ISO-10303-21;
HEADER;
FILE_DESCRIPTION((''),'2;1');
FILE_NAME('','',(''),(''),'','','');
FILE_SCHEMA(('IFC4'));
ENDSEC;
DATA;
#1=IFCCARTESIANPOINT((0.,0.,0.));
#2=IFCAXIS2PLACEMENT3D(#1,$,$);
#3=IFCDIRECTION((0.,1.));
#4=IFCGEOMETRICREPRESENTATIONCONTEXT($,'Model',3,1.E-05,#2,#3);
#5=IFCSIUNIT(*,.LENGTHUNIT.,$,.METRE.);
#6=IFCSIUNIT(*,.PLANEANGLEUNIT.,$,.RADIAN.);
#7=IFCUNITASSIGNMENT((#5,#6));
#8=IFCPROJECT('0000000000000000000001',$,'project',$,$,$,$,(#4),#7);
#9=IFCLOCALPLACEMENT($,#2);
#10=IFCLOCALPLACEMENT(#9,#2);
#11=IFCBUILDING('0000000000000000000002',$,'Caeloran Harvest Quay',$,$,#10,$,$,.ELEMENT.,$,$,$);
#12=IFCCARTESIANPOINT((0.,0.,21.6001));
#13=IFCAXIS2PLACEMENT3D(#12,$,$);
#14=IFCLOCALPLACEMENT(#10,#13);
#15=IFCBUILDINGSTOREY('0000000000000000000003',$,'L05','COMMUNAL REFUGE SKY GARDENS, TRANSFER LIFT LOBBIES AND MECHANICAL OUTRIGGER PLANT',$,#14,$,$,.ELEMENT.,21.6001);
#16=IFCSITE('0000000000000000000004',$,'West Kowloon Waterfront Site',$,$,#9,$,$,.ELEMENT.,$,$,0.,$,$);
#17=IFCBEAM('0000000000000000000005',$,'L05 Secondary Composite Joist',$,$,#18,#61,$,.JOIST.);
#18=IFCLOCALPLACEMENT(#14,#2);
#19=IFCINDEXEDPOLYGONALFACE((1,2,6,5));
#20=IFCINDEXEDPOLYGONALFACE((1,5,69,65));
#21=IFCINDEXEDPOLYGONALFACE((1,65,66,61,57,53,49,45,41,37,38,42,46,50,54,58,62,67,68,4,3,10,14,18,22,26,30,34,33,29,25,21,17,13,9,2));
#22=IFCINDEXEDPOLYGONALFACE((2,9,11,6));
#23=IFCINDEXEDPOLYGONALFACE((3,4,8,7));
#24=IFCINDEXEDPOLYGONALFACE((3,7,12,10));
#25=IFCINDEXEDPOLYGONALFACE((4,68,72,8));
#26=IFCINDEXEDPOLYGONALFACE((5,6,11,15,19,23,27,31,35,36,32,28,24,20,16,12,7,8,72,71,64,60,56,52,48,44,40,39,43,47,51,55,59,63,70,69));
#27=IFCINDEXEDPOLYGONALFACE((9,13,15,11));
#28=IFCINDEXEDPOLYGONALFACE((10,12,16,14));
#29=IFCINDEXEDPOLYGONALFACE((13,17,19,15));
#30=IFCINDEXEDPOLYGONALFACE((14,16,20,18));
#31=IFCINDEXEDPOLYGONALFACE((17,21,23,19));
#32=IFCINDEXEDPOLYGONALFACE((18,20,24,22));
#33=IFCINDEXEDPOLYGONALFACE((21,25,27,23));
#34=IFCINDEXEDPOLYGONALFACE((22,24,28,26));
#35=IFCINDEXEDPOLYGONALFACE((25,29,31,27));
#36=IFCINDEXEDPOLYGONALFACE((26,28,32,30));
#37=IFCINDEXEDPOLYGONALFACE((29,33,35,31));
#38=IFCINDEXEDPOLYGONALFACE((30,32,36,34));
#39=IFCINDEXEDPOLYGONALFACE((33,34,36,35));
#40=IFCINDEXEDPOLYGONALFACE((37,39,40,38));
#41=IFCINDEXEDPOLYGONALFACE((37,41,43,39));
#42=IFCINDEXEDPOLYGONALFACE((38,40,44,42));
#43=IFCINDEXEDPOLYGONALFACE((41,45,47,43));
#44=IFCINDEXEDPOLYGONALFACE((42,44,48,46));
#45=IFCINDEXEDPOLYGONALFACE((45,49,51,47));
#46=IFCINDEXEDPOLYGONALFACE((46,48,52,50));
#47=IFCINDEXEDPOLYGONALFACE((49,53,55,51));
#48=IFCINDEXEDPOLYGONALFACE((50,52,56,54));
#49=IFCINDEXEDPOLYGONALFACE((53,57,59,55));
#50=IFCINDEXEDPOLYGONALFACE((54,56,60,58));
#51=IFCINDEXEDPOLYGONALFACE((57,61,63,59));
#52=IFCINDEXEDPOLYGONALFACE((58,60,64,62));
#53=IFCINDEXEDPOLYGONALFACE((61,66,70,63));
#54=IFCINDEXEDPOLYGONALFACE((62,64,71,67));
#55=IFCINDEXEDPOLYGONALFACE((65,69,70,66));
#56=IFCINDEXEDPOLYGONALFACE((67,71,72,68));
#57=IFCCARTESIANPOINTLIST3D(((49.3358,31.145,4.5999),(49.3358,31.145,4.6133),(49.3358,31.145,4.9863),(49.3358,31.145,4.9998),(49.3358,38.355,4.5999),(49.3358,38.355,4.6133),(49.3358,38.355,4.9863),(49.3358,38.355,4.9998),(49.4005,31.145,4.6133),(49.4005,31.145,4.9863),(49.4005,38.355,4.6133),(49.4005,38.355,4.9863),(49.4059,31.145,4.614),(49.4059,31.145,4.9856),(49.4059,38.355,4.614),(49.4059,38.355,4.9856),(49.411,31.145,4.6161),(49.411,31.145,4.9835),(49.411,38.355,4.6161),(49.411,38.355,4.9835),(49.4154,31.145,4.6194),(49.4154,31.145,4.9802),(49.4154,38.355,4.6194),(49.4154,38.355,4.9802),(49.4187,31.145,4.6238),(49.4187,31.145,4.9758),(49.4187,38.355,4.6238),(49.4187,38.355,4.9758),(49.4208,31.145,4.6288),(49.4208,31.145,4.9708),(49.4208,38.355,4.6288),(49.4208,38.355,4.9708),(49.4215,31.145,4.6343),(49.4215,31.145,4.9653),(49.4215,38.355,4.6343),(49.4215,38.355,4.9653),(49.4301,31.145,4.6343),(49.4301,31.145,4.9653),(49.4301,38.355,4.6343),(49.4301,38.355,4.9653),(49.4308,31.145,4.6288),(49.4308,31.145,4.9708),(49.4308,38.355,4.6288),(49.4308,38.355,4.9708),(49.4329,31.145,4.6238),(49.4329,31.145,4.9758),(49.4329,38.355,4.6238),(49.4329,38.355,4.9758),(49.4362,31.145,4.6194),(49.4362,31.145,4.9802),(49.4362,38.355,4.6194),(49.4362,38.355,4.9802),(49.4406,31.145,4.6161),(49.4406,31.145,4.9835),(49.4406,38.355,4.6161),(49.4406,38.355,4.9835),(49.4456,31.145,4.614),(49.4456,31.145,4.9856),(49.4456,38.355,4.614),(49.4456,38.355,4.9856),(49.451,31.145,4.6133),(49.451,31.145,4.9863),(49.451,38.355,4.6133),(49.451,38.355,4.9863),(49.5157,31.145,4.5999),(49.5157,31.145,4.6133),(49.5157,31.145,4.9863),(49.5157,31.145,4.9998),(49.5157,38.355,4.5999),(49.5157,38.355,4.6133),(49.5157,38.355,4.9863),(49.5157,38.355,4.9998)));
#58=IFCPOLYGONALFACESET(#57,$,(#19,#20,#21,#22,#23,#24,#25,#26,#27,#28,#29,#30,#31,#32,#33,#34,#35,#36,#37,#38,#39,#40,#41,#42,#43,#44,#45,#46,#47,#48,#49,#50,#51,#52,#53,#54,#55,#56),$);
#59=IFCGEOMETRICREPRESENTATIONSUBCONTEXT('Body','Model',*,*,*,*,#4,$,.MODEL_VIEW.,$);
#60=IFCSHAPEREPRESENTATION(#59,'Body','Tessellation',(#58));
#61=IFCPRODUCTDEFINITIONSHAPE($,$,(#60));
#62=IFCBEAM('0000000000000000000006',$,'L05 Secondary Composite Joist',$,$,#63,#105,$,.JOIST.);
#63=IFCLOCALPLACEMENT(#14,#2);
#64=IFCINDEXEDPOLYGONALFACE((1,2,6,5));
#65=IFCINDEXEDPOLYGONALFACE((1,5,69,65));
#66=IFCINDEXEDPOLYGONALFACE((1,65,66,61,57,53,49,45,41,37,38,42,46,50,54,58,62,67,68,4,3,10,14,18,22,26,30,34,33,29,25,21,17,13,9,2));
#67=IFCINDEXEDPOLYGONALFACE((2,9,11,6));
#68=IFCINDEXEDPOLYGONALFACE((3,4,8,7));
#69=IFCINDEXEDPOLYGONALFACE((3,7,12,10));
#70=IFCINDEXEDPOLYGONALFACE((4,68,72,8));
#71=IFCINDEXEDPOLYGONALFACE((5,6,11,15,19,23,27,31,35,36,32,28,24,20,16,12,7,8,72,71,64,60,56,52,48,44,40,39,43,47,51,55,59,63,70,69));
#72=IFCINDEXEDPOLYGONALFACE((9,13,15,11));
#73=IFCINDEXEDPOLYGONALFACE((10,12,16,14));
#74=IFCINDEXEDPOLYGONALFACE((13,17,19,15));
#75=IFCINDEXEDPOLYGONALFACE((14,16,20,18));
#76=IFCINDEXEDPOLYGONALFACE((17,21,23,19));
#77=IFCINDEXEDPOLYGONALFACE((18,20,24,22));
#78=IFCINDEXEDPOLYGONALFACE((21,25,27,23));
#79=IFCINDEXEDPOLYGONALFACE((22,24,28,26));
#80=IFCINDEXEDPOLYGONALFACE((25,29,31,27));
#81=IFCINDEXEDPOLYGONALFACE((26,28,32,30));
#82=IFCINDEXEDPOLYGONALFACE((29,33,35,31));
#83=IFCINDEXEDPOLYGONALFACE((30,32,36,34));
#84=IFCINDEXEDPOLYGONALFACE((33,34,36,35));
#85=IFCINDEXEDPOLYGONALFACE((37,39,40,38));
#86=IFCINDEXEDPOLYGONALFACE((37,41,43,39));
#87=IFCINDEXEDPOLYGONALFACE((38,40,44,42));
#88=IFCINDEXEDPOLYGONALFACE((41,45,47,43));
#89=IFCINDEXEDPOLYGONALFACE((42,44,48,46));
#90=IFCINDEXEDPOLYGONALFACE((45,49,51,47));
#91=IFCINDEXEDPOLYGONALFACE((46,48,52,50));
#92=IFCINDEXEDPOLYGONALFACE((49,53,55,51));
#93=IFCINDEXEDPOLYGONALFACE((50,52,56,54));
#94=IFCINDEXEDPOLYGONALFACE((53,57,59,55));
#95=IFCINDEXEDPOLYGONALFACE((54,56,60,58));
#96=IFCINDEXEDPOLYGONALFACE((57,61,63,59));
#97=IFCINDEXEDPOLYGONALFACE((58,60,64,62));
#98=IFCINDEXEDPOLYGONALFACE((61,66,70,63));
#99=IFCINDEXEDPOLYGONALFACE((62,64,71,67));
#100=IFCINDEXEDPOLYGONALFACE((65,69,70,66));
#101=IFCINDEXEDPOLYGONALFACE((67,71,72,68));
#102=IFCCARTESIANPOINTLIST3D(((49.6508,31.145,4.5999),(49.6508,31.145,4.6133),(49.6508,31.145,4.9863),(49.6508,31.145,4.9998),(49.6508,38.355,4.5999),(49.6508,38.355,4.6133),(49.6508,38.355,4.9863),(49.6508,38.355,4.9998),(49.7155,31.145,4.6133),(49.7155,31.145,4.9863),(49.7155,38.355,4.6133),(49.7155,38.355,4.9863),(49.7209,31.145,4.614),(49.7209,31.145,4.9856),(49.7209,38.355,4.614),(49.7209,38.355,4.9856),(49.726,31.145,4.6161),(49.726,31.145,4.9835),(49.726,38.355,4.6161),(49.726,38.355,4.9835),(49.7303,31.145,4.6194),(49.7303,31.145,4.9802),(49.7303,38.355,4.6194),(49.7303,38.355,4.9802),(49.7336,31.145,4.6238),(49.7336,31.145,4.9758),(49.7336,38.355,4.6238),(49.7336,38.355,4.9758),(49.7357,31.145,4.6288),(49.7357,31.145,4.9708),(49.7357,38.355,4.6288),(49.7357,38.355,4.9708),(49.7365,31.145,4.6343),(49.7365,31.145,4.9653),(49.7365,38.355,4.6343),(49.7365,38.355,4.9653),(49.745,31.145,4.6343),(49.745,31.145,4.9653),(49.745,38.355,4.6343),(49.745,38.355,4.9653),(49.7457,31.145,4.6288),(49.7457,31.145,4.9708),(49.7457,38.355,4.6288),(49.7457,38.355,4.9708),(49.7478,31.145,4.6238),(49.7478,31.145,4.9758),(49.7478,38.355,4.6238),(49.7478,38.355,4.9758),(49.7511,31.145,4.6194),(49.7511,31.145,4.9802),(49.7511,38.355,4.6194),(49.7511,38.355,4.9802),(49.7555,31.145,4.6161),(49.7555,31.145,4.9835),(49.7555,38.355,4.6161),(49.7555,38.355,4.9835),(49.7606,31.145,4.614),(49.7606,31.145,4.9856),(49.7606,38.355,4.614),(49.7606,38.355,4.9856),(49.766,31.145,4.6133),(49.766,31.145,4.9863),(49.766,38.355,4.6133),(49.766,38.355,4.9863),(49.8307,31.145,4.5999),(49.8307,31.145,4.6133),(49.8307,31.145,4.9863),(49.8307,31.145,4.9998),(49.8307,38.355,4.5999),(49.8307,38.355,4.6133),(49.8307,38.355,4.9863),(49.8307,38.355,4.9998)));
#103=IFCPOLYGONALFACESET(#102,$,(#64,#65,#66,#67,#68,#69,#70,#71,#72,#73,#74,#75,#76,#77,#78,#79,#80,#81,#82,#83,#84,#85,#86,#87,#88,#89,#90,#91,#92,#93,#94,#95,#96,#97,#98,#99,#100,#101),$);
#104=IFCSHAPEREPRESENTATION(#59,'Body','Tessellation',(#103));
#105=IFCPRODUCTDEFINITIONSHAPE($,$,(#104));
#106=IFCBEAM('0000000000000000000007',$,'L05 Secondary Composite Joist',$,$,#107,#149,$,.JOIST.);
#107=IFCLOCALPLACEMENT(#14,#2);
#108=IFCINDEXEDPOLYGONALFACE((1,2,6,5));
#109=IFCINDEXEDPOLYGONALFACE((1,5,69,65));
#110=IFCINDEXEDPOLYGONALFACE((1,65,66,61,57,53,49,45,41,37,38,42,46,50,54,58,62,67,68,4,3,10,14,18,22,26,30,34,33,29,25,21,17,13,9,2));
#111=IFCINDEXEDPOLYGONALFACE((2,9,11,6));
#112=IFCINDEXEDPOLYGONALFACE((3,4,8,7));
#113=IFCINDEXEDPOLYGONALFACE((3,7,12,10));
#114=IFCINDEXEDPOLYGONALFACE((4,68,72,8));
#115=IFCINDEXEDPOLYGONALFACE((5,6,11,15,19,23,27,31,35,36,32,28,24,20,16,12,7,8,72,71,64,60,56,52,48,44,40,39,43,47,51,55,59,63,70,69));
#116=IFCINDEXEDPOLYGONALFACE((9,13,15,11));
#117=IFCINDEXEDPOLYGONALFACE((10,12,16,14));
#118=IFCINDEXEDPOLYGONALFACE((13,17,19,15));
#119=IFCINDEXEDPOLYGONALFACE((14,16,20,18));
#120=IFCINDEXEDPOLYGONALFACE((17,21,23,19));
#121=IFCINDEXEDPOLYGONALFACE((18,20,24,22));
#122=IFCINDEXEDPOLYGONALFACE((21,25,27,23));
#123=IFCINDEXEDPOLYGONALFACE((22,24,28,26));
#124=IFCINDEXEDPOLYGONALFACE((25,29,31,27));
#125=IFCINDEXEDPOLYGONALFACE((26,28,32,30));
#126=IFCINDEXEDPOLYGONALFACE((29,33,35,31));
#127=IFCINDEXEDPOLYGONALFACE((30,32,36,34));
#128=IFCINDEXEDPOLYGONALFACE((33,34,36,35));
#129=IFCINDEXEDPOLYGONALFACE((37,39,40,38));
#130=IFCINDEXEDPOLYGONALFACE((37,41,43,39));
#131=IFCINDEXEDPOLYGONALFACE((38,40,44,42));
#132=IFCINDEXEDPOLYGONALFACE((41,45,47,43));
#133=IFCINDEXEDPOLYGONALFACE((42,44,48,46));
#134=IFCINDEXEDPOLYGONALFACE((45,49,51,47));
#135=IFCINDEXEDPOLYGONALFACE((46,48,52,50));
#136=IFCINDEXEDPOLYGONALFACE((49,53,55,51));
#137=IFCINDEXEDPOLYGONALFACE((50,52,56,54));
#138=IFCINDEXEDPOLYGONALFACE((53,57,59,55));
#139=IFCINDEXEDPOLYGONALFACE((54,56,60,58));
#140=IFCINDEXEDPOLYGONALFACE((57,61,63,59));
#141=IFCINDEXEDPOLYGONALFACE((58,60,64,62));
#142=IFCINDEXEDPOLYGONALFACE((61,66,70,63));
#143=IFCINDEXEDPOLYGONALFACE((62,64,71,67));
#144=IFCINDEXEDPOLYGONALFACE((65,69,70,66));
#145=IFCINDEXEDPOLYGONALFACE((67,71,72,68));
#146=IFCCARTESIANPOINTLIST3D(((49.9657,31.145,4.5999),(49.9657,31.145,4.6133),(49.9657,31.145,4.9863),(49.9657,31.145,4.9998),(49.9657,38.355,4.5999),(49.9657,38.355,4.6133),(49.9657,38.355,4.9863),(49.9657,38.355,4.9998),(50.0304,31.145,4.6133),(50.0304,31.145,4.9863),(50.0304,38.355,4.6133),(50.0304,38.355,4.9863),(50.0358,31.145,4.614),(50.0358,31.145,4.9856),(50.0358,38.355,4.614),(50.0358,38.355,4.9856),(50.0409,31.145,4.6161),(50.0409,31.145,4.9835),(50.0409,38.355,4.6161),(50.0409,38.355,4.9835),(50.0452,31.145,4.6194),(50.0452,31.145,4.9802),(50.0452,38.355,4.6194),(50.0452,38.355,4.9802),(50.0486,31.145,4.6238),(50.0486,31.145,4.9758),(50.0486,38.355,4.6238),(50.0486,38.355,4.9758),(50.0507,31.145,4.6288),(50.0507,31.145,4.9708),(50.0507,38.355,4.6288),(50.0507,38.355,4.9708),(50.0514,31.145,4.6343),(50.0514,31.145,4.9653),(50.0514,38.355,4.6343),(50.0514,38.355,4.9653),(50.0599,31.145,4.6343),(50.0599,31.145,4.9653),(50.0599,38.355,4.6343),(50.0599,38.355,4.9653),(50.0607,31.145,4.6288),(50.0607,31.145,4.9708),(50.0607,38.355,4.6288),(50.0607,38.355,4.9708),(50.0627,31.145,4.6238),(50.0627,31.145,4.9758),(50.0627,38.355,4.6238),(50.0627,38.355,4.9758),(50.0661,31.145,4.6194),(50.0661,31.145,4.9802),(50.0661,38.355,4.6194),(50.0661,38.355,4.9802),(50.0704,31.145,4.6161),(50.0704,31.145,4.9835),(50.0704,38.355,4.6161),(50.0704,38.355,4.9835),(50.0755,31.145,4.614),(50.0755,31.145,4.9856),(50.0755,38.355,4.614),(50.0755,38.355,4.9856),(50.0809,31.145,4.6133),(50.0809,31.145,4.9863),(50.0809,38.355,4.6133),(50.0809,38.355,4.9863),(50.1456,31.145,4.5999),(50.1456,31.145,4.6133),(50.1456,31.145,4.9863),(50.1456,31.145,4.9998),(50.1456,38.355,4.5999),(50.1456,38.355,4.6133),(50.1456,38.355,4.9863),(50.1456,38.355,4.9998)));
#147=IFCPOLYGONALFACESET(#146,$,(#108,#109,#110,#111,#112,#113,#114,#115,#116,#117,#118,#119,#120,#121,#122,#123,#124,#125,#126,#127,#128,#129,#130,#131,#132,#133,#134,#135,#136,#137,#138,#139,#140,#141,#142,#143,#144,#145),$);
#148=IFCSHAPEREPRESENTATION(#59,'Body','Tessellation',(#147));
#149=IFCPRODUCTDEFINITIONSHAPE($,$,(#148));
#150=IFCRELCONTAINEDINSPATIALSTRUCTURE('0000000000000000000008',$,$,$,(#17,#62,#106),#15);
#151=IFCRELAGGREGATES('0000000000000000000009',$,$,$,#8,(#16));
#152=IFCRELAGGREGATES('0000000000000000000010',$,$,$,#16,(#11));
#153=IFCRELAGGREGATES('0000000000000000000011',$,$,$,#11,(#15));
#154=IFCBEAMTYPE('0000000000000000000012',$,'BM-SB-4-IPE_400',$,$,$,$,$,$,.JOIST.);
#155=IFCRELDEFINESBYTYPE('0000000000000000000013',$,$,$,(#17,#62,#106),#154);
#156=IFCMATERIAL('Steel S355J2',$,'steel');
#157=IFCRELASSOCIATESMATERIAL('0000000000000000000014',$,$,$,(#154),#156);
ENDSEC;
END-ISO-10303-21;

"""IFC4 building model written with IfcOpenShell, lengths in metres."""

from ifc_helpers import new_model, si_unit, direction, frame, origin, origin_2d, place, context, subcontext, project, spatial, i_section, extrude, material, material_profile, profile_set, type_object, element, save


model = new_model("IFC4")

# Units and contexts
model_context = context("Model", 3, precision=1e-05, world=origin(), true_north=direction((0.0, 1.0)))
body_context = subcontext(model_context, "Body", "Model", "MODEL_VIEW")
ifc_project = project(units=[si_unit("LENGTHUNIT", "METRE"), si_unit("PLANEANGLEUNIT", "RADIAN")], contexts=[model_context])

# Site, building, storey
site_placement = place(None, origin())
site = spatial("IfcSite", under=ifc_project, at=site_placement, Name="West Kowloon Waterfront Site", CompositionType="ELEMENT", RefElevation=0.0)
building_placement = place(site_placement, origin())
building = spatial("IfcBuilding", under=site, at=building_placement, Name="Caeloran Harvest Quay", CompositionType="ELEMENT")
storey_placement = place(building_placement, frame((0.0, 0.0, 21.6001)))
storey = spatial("IfcBuildingStorey", under=building, at=storey_placement, Name="L05", Description="COMMUNAL REFUGE SKY GARDENS, TRANSFER LIFT LOBBIES AND MECHANICAL OUTRIGGER PLANT", CompositionType="ELEMENT", Elevation=21.6001)

# Beams
ifc_material_1 = material(Name="Steel S355J2", Category="steel")
ifc_material_profile_1 = material_profile(ifc_material_1, i_section(OverallWidth=0.1799, OverallDepth=0.3999, WebThickness=0.0085, FlangeThickness=0.0134, FilletRadius=0.021, at=origin_2d()), Name="IPE 400")
ifc_profile_set_1 = profile_set([ifc_material_profile_1], Name="Steel S355J2")
beam_type_1 = type_object("IfcBeamType", Name="BM-SB-4-IPE_400", PredefinedType="JOIST", material=ifc_profile_set_1)
for number, where, z_axis, x_axis, name in (
    (1, (49.4258, 31.145, 4.7998), (0.0, 1.0, 0.0), (-1.0, 0.0, 0.0), "L05 Secondary Composite Joist"),
    (2, (49.7407, 31.145, 4.7998), (0.0, 1.0, 0.0), (-1.0, 0.0, 0.0), "L05 Secondary Composite Joist"),
    (3, (50.0557, 31.145, 4.7998), (0.0, 1.0, 0.0), (-1.0, 0.0, 0.0), "L05 Secondary Composite Joist"),
):
    element("IfcBeam", number, at=place(storey_placement, frame(where, z_axis=z_axis, x_axis=x_axis)), inside=storey, type_object=beam_type_1, Name=name, PredefinedType="JOIST", context=body_context, shape_type="SweptSolid", body=[
        extrude(i_section(OverallWidth=0.1799, OverallDepth=0.3999, WebThickness=0.0085, FlangeThickness=0.0134, FilletRadius=0.021, at=origin_2d()), origin(), (0.0, 0.0, 1.0), 7.21),
    ])

save(model, "model.ifc")
